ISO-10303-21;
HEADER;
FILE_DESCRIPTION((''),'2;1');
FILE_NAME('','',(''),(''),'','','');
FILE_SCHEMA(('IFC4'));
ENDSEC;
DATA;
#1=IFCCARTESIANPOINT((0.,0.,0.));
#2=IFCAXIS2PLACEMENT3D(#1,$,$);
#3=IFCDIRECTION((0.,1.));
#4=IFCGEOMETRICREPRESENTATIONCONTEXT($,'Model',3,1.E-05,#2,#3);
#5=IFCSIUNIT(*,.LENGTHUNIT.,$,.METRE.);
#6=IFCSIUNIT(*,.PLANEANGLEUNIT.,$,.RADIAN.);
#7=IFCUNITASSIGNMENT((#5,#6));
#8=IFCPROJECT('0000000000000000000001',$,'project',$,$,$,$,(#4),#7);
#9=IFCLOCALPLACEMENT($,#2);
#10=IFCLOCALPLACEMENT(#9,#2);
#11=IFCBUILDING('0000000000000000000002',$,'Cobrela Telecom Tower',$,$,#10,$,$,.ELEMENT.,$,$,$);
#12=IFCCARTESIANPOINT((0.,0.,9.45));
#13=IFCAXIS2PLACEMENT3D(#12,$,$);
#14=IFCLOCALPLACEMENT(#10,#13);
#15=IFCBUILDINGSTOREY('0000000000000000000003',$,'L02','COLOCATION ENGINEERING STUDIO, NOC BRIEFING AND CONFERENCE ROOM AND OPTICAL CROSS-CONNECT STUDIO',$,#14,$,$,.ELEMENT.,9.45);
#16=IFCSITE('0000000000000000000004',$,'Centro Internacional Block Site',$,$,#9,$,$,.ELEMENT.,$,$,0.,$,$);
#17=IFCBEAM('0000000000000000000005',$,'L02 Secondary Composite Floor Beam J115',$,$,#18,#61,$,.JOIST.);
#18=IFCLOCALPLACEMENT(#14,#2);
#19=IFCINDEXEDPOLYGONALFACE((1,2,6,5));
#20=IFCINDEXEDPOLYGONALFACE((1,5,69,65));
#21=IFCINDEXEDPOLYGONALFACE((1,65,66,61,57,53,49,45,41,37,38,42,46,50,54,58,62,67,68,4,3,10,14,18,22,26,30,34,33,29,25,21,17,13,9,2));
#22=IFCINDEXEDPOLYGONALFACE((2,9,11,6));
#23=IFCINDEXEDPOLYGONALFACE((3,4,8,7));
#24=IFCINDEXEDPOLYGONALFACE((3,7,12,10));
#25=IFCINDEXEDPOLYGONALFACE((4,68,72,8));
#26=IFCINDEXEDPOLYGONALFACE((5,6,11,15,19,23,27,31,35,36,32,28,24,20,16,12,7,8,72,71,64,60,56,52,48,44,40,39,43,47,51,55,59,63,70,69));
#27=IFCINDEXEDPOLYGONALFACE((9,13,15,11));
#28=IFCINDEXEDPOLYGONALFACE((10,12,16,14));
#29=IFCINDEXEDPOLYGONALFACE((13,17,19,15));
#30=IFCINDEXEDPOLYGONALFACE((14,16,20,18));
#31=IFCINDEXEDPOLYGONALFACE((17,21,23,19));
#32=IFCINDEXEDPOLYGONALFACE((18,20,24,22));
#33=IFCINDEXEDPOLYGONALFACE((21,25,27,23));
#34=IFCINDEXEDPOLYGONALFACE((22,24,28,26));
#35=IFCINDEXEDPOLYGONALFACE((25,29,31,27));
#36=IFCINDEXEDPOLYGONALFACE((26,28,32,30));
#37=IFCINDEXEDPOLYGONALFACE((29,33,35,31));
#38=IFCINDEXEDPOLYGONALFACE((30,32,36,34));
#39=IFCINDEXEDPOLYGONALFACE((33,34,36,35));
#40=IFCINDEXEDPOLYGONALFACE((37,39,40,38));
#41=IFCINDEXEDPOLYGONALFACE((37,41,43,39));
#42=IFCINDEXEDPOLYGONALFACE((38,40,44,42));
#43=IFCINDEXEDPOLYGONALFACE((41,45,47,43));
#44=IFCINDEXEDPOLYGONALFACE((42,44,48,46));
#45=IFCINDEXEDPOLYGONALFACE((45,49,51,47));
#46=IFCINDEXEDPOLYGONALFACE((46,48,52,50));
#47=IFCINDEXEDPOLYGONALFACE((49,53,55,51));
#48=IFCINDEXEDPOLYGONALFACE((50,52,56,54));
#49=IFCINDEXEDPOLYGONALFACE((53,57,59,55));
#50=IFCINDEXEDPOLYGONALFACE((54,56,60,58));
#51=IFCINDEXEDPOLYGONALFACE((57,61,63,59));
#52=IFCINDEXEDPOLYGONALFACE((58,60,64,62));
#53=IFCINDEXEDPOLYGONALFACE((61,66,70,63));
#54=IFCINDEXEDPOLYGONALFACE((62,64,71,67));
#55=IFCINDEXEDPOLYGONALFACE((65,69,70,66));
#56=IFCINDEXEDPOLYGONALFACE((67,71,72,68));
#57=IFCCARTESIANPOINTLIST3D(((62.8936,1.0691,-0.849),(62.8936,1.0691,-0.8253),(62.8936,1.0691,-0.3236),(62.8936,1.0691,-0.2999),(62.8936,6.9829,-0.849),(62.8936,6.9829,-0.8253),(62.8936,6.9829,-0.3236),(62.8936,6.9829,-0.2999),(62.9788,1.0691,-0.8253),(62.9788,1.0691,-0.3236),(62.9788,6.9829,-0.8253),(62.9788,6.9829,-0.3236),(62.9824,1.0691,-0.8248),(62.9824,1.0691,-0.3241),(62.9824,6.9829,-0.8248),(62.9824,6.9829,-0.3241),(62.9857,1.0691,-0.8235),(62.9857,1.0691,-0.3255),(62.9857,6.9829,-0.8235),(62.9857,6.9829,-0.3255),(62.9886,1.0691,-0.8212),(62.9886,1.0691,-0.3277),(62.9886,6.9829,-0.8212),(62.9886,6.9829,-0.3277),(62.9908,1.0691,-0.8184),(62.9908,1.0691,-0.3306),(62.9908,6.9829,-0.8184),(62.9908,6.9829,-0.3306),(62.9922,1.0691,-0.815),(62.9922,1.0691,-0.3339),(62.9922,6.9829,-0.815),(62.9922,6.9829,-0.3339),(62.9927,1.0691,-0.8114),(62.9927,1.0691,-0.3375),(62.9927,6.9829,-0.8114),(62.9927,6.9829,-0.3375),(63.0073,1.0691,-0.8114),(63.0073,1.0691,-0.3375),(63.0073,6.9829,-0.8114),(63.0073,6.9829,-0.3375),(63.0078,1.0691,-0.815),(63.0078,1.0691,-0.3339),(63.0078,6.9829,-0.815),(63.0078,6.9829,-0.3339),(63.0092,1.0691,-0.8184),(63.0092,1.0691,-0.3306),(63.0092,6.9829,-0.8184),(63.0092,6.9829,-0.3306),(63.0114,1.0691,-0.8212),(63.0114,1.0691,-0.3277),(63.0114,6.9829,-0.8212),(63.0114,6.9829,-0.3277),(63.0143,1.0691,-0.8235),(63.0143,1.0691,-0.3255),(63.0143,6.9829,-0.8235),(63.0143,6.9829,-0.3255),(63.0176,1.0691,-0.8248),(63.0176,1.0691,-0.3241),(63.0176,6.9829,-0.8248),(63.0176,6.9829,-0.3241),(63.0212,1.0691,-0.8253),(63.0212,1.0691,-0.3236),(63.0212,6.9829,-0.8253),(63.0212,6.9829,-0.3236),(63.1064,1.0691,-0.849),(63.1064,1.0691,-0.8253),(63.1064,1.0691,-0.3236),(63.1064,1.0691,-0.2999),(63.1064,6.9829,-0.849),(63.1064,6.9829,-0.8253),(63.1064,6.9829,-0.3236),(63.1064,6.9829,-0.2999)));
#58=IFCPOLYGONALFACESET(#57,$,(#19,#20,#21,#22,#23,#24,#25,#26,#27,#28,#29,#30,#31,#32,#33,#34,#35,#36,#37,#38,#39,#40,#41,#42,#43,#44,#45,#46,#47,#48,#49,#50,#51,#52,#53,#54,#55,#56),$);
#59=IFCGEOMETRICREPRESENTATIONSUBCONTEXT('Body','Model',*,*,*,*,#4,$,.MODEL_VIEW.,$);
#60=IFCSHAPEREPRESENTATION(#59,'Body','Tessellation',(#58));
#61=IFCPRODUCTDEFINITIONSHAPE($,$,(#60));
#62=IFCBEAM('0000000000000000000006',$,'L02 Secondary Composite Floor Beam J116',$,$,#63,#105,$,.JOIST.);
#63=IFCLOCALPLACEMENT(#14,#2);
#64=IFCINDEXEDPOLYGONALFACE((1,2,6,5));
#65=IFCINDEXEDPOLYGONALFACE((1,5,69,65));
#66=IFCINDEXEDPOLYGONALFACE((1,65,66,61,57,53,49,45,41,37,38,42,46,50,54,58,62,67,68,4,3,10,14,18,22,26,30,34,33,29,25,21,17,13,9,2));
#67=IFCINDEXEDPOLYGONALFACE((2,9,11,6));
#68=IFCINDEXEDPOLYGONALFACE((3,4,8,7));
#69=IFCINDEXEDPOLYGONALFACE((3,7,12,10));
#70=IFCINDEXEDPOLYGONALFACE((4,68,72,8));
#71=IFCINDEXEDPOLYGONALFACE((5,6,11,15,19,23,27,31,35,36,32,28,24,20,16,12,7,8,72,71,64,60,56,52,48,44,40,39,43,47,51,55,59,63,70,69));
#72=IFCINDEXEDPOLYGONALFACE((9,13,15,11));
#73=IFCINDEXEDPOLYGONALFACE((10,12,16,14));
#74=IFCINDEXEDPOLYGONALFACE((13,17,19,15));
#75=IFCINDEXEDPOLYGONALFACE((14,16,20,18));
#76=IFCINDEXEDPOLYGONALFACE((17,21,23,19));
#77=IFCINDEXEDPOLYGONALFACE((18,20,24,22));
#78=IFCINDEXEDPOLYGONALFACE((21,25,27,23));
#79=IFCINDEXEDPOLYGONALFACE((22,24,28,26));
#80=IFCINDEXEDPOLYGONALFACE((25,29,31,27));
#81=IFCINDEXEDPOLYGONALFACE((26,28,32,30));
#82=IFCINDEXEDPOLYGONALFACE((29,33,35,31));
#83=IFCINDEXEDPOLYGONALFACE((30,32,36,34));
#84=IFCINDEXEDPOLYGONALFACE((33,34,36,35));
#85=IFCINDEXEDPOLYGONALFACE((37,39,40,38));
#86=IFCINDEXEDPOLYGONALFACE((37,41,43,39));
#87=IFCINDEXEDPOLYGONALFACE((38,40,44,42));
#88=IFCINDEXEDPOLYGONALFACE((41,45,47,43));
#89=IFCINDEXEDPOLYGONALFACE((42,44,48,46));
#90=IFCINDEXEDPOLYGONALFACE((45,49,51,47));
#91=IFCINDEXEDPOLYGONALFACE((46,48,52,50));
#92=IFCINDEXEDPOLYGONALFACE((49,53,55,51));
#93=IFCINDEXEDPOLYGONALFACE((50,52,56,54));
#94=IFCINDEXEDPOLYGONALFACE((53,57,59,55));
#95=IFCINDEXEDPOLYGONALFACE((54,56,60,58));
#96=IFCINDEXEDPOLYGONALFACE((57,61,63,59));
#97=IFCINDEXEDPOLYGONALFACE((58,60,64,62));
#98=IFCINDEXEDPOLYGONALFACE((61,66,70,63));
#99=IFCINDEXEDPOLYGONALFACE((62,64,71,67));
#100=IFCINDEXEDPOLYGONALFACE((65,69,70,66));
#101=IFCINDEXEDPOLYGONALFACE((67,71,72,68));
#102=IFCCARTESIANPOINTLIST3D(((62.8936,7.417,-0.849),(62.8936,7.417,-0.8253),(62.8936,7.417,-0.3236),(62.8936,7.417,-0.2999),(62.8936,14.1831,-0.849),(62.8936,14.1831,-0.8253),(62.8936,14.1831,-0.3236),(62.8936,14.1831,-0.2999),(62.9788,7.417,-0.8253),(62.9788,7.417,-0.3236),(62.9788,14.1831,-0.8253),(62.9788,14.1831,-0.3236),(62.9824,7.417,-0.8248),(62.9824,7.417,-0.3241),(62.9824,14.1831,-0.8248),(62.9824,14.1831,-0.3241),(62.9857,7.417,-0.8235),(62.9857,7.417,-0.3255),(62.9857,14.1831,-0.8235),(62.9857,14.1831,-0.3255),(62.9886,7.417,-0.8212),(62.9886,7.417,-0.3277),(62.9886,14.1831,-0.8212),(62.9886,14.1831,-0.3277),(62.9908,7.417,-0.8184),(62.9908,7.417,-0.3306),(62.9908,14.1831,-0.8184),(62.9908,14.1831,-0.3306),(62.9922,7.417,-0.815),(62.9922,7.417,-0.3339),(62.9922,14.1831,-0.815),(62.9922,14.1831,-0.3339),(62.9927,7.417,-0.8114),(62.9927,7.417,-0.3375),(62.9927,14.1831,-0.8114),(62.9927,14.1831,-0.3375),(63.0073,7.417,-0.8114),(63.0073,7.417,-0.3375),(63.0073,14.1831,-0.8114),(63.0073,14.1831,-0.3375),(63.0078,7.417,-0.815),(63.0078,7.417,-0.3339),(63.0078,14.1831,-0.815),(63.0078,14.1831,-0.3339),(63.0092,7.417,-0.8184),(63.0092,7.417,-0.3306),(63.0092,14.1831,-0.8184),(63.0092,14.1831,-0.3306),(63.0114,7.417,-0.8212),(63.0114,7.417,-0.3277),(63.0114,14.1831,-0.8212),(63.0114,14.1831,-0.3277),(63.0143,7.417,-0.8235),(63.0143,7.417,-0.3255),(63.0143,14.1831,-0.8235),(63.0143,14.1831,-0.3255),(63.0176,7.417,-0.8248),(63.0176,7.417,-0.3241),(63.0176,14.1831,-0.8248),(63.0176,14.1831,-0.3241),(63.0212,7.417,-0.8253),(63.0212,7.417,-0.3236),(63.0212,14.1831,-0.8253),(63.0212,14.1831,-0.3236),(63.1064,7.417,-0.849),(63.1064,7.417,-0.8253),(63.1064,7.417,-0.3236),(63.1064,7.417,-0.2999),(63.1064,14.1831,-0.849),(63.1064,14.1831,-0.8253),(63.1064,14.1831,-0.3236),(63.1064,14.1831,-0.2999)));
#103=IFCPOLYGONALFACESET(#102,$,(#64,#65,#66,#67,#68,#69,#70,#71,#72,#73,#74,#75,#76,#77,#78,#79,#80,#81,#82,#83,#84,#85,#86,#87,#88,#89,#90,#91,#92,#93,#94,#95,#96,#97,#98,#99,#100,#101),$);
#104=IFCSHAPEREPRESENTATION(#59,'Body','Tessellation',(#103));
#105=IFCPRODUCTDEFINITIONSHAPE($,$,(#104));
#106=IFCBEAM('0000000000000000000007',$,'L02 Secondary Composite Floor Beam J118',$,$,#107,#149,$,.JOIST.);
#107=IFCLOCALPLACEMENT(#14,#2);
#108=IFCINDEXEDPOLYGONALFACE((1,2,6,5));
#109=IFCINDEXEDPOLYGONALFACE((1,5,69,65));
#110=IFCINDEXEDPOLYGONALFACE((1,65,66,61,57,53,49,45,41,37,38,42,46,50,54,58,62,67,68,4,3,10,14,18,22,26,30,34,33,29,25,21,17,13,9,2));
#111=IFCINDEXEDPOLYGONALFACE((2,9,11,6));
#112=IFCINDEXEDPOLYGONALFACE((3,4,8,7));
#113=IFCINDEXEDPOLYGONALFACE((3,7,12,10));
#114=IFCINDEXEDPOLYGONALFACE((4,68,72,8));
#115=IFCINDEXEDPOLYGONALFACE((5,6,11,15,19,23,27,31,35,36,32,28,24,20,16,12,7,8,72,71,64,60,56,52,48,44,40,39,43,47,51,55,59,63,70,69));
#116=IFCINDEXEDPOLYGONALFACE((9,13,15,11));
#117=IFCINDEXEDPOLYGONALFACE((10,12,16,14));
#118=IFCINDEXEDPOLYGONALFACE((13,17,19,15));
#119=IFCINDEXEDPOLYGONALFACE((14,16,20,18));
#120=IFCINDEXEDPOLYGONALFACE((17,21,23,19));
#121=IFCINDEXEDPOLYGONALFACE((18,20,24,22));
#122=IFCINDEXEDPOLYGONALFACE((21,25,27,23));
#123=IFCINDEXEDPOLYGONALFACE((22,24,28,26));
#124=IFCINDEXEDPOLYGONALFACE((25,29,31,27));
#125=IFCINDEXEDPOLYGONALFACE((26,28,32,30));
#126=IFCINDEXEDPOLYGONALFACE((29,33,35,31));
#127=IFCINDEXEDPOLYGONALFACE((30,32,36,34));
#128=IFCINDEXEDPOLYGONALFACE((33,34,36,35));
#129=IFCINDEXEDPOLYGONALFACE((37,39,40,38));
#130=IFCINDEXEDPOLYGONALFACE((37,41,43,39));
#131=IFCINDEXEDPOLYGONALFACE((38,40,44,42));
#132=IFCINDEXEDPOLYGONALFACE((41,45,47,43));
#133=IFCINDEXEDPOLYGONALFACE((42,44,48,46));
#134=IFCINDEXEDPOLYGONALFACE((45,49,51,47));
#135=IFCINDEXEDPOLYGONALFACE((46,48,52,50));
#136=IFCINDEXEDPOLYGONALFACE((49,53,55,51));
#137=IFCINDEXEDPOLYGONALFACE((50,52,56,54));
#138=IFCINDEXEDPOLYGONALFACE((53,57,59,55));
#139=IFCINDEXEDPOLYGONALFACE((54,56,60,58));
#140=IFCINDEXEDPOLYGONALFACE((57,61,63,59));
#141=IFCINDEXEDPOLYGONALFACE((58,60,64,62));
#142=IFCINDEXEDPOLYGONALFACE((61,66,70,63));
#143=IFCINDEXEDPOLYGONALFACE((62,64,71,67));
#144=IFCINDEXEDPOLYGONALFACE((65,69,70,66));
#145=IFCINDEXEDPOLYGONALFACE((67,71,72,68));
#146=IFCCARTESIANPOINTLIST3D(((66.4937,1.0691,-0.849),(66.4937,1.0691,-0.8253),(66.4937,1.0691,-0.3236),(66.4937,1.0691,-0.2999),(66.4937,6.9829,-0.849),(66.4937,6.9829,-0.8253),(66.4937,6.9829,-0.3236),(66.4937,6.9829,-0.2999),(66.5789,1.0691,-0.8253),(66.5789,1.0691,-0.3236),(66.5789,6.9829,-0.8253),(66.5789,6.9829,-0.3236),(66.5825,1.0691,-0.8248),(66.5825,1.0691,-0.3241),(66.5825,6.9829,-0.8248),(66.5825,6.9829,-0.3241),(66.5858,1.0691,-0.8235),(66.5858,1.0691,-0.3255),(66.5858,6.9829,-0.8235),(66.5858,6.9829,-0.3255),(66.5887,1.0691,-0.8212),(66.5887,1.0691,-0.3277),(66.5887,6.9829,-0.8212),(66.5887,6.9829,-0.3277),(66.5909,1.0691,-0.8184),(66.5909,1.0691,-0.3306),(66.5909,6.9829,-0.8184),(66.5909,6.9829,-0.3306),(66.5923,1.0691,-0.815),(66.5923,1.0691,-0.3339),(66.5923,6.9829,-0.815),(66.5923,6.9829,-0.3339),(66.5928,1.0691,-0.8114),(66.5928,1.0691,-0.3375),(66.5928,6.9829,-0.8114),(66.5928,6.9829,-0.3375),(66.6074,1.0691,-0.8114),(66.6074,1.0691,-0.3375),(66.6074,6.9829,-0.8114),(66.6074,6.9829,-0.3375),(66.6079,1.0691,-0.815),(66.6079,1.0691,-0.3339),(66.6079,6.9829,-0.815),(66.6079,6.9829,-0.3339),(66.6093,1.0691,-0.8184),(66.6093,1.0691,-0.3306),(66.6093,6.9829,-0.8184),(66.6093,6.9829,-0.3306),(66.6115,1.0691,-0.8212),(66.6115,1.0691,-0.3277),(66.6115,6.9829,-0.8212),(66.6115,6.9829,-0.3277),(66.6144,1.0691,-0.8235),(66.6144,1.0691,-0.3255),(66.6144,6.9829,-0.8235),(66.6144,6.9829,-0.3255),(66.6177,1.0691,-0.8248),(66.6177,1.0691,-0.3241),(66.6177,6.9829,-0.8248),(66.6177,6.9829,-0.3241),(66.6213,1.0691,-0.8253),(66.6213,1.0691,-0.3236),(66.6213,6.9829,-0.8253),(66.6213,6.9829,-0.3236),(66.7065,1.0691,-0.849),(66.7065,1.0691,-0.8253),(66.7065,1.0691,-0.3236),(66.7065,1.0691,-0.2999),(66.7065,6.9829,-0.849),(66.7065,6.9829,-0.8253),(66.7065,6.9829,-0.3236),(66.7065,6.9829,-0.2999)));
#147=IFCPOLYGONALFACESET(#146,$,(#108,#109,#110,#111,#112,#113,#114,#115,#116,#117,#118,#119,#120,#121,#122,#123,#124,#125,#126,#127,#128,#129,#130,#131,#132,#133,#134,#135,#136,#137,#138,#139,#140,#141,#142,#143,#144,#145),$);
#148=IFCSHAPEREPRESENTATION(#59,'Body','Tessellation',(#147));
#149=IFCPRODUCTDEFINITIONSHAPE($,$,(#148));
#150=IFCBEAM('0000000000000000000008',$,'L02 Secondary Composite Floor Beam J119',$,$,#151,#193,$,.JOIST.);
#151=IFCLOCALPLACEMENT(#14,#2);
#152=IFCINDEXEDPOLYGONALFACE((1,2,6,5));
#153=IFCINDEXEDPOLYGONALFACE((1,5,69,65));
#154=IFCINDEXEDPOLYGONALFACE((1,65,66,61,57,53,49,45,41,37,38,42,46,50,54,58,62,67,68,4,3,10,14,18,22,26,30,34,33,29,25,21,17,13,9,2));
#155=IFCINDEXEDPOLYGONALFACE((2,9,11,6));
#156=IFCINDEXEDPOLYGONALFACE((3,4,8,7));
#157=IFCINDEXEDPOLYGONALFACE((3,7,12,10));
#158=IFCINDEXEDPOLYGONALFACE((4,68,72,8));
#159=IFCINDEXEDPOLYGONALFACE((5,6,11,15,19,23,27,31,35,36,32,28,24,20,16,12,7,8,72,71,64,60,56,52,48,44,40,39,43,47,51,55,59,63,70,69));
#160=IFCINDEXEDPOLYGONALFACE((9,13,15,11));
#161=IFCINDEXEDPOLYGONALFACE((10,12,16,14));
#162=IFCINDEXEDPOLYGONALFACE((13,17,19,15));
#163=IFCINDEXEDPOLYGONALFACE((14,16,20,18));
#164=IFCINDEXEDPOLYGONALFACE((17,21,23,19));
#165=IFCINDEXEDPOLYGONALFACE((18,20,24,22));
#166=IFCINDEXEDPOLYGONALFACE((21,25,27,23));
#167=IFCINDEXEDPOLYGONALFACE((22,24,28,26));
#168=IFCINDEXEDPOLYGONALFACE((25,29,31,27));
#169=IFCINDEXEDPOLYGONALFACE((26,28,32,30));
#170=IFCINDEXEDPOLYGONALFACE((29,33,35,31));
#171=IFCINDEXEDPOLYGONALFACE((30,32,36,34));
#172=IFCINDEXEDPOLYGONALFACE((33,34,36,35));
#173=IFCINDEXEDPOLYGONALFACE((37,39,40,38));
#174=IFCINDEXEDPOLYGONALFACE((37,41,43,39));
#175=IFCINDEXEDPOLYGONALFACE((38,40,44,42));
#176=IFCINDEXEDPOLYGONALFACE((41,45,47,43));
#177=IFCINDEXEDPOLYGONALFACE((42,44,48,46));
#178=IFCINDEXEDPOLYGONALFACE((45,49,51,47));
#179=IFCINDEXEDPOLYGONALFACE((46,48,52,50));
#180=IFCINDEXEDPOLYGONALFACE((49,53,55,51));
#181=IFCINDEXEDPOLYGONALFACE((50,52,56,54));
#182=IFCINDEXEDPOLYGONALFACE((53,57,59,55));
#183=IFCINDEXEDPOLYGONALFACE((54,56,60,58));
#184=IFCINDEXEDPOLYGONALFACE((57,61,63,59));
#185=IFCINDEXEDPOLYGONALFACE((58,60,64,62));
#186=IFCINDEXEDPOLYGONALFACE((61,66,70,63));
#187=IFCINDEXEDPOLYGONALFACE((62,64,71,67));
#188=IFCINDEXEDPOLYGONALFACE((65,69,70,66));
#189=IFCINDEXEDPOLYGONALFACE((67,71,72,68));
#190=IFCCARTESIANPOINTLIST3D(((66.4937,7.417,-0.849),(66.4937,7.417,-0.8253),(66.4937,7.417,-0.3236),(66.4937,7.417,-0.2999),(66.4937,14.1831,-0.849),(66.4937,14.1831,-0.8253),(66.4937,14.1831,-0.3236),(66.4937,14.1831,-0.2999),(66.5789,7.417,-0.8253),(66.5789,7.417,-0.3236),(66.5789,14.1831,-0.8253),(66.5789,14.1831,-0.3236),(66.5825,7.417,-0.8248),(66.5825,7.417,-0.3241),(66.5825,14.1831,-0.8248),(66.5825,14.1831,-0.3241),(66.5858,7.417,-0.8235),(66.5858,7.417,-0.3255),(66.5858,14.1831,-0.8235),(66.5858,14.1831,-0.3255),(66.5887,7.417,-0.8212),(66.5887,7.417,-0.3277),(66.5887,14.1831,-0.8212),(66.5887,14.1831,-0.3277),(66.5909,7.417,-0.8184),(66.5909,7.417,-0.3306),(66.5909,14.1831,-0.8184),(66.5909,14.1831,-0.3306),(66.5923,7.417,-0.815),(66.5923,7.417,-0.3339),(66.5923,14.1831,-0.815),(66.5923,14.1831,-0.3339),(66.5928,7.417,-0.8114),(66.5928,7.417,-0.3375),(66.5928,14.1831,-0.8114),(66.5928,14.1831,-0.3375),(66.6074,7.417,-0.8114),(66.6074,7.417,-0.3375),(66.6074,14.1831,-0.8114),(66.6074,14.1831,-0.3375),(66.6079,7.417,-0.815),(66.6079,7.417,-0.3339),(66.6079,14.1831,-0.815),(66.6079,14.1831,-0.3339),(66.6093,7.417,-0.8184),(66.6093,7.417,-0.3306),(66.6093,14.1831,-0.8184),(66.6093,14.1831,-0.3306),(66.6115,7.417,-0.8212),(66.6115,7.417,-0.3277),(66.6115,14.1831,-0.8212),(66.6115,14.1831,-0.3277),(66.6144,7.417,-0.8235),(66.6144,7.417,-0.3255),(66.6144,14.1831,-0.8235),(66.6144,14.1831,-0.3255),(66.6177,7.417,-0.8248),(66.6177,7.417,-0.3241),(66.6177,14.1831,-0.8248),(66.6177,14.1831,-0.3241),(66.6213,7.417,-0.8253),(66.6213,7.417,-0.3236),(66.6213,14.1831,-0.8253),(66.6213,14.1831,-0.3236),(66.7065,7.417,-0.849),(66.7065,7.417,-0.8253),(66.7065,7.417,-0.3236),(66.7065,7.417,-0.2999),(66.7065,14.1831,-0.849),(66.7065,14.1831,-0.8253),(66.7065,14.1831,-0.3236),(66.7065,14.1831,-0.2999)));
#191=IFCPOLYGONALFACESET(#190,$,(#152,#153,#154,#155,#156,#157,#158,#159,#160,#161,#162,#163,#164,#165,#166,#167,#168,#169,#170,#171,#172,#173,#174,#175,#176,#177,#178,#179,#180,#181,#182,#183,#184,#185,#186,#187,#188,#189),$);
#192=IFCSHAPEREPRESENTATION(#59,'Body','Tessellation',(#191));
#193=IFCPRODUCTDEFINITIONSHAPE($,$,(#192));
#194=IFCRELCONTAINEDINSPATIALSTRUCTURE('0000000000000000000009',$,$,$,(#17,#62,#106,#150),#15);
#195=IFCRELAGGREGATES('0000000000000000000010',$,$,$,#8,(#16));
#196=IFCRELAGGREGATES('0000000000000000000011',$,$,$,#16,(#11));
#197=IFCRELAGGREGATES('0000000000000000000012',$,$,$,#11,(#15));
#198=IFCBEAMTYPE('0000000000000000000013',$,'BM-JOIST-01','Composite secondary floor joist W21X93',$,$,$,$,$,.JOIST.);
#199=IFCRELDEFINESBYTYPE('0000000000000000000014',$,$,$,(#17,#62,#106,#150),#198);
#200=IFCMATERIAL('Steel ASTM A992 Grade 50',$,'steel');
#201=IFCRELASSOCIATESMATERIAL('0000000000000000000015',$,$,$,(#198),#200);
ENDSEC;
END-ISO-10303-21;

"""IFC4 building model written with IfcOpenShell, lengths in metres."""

from ifc_helpers import new_model, si_unit, direction, frame, origin, origin_2d, place, context, subcontext, project, spatial, i_section, extrude, material, material_profile, profile_set, type_object, element, save


model = new_model("IFC4")

# Units and contexts
model_context = context("Model", 3, precision=1e-05, world=origin(), true_north=direction((0.0, 1.0)))
body_context = subcontext(model_context, "Body", "Model", "MODEL_VIEW")
ifc_project = project(units=[si_unit("LENGTHUNIT", "METRE"), si_unit("PLANEANGLEUNIT", "RADIAN")], contexts=[model_context])

# Site, building, storey
site_placement = place(None, origin())
site = spatial("IfcSite", under=ifc_project, at=site_placement, Name="Centro Internacional Block Site", CompositionType="ELEMENT", RefElevation=0.0)
building_placement = place(site_placement, origin())
building = spatial("IfcBuilding", under=site, at=building_placement, Name="Cobrela Telecom Tower", CompositionType="ELEMENT")
storey_placement = place(building_placement, frame((0.0, 0.0, 9.45)))
storey = spatial("IfcBuildingStorey", under=building, at=storey_placement, Name="L02", Description="COLOCATION ENGINEERING STUDIO, NOC BRIEFING AND CONFERENCE ROOM AND OPTICAL CROSS-CONNECT STUDIO", CompositionType="ELEMENT", Elevation=9.45)

# Beams
ifc_material_1 = material(Name="Steel ASTM A992 Grade 50", Category="steel")
ifc_material_profile_1 = material_profile(ifc_material_1, i_section(OverallWidth=0.2129, OverallDepth=0.5491, WebThickness=0.0146, FlangeThickness=0.0237, FilletRadius=0.0139, at=origin_2d()), Name="W21X93")
ifc_profile_set_1 = profile_set([ifc_material_profile_1], Name="Steel ASTM A992 Grade 50")
beam_type_1 = type_object("IfcBeamType", Name="BM-JOIST-01", Description="Composite secondary floor joist W21X93", PredefinedType="JOIST", material=ifc_profile_set_1)
beam_1_placement = place(storey_placement, frame((63.0, 1.0691, -0.5745), z_axis=(0.0, 1.0, 0.0), x_axis=(-1.0, 0.0, 0.0)))
element("IfcBeam", 1, at=beam_1_placement, inside=storey, type_object=beam_type_1, Name="L02 Secondary Composite Floor Beam J115", PredefinedType="JOIST", context=body_context, shape_type="SweptSolid", body=[
    extrude(i_section(OverallWidth=0.2129, OverallDepth=0.5491, WebThickness=0.0146, FlangeThickness=0.0237, FilletRadius=0.0139, at=origin_2d()), origin(), (0.0, 0.0, 1.0), 5.9138),
])
beam_2_placement = place(storey_placement, frame((63.0, 7.417, -0.5745), z_axis=(0.0, 1.0, 0.0), x_axis=(-1.0, 0.0, 0.0)))
element("IfcBeam", 2, at=beam_2_placement, inside=storey, type_object=beam_type_1, Name="L02 Secondary Composite Floor Beam J116", PredefinedType="JOIST", context=body_context, shape_type="SweptSolid", body=[
    extrude(i_section(OverallWidth=0.2129, OverallDepth=0.5491, WebThickness=0.0146, FlangeThickness=0.0237, FilletRadius=0.0139, at=origin_2d()), origin(), (0.0, 0.0, 1.0), 6.7661),
])
beam_3_placement = place(storey_placement, frame((66.6001, 1.0691, -0.5745), z_axis=(0.0, 1.0, 0.0), x_axis=(-1.0, 0.0, 0.0)))
element("IfcBeam", 3, at=beam_3_placement, inside=storey, type_object=beam_type_1, Name="L02 Secondary Composite Floor Beam J118", PredefinedType="JOIST", context=body_context, shape_type="SweptSolid", body=[
    extrude(i_section(OverallWidth=0.2129, OverallDepth=0.5491, WebThickness=0.0146, FlangeThickness=0.0237, FilletRadius=0.0139, at=origin_2d()), origin(), (0.0, 0.0, 1.0), 5.9138),
])
beam_4_placement = place(storey_placement, frame((66.6001, 7.417, -0.5745), z_axis=(0.0, 1.0, 0.0), x_axis=(-1.0, 0.0, 0.0)))
element("IfcBeam", 4, at=beam_4_placement, inside=storey, type_object=beam_type_1, Name="L02 Secondary Composite Floor Beam J119", PredefinedType="JOIST", context=body_context, shape_type="SweptSolid", body=[
    extrude(i_section(OverallWidth=0.2129, OverallDepth=0.5491, WebThickness=0.0146, FlangeThickness=0.0237, FilletRadius=0.0139, at=origin_2d()), origin(), (0.0, 0.0, 1.0), 6.7661),
])

save(model, "model.ifc")
